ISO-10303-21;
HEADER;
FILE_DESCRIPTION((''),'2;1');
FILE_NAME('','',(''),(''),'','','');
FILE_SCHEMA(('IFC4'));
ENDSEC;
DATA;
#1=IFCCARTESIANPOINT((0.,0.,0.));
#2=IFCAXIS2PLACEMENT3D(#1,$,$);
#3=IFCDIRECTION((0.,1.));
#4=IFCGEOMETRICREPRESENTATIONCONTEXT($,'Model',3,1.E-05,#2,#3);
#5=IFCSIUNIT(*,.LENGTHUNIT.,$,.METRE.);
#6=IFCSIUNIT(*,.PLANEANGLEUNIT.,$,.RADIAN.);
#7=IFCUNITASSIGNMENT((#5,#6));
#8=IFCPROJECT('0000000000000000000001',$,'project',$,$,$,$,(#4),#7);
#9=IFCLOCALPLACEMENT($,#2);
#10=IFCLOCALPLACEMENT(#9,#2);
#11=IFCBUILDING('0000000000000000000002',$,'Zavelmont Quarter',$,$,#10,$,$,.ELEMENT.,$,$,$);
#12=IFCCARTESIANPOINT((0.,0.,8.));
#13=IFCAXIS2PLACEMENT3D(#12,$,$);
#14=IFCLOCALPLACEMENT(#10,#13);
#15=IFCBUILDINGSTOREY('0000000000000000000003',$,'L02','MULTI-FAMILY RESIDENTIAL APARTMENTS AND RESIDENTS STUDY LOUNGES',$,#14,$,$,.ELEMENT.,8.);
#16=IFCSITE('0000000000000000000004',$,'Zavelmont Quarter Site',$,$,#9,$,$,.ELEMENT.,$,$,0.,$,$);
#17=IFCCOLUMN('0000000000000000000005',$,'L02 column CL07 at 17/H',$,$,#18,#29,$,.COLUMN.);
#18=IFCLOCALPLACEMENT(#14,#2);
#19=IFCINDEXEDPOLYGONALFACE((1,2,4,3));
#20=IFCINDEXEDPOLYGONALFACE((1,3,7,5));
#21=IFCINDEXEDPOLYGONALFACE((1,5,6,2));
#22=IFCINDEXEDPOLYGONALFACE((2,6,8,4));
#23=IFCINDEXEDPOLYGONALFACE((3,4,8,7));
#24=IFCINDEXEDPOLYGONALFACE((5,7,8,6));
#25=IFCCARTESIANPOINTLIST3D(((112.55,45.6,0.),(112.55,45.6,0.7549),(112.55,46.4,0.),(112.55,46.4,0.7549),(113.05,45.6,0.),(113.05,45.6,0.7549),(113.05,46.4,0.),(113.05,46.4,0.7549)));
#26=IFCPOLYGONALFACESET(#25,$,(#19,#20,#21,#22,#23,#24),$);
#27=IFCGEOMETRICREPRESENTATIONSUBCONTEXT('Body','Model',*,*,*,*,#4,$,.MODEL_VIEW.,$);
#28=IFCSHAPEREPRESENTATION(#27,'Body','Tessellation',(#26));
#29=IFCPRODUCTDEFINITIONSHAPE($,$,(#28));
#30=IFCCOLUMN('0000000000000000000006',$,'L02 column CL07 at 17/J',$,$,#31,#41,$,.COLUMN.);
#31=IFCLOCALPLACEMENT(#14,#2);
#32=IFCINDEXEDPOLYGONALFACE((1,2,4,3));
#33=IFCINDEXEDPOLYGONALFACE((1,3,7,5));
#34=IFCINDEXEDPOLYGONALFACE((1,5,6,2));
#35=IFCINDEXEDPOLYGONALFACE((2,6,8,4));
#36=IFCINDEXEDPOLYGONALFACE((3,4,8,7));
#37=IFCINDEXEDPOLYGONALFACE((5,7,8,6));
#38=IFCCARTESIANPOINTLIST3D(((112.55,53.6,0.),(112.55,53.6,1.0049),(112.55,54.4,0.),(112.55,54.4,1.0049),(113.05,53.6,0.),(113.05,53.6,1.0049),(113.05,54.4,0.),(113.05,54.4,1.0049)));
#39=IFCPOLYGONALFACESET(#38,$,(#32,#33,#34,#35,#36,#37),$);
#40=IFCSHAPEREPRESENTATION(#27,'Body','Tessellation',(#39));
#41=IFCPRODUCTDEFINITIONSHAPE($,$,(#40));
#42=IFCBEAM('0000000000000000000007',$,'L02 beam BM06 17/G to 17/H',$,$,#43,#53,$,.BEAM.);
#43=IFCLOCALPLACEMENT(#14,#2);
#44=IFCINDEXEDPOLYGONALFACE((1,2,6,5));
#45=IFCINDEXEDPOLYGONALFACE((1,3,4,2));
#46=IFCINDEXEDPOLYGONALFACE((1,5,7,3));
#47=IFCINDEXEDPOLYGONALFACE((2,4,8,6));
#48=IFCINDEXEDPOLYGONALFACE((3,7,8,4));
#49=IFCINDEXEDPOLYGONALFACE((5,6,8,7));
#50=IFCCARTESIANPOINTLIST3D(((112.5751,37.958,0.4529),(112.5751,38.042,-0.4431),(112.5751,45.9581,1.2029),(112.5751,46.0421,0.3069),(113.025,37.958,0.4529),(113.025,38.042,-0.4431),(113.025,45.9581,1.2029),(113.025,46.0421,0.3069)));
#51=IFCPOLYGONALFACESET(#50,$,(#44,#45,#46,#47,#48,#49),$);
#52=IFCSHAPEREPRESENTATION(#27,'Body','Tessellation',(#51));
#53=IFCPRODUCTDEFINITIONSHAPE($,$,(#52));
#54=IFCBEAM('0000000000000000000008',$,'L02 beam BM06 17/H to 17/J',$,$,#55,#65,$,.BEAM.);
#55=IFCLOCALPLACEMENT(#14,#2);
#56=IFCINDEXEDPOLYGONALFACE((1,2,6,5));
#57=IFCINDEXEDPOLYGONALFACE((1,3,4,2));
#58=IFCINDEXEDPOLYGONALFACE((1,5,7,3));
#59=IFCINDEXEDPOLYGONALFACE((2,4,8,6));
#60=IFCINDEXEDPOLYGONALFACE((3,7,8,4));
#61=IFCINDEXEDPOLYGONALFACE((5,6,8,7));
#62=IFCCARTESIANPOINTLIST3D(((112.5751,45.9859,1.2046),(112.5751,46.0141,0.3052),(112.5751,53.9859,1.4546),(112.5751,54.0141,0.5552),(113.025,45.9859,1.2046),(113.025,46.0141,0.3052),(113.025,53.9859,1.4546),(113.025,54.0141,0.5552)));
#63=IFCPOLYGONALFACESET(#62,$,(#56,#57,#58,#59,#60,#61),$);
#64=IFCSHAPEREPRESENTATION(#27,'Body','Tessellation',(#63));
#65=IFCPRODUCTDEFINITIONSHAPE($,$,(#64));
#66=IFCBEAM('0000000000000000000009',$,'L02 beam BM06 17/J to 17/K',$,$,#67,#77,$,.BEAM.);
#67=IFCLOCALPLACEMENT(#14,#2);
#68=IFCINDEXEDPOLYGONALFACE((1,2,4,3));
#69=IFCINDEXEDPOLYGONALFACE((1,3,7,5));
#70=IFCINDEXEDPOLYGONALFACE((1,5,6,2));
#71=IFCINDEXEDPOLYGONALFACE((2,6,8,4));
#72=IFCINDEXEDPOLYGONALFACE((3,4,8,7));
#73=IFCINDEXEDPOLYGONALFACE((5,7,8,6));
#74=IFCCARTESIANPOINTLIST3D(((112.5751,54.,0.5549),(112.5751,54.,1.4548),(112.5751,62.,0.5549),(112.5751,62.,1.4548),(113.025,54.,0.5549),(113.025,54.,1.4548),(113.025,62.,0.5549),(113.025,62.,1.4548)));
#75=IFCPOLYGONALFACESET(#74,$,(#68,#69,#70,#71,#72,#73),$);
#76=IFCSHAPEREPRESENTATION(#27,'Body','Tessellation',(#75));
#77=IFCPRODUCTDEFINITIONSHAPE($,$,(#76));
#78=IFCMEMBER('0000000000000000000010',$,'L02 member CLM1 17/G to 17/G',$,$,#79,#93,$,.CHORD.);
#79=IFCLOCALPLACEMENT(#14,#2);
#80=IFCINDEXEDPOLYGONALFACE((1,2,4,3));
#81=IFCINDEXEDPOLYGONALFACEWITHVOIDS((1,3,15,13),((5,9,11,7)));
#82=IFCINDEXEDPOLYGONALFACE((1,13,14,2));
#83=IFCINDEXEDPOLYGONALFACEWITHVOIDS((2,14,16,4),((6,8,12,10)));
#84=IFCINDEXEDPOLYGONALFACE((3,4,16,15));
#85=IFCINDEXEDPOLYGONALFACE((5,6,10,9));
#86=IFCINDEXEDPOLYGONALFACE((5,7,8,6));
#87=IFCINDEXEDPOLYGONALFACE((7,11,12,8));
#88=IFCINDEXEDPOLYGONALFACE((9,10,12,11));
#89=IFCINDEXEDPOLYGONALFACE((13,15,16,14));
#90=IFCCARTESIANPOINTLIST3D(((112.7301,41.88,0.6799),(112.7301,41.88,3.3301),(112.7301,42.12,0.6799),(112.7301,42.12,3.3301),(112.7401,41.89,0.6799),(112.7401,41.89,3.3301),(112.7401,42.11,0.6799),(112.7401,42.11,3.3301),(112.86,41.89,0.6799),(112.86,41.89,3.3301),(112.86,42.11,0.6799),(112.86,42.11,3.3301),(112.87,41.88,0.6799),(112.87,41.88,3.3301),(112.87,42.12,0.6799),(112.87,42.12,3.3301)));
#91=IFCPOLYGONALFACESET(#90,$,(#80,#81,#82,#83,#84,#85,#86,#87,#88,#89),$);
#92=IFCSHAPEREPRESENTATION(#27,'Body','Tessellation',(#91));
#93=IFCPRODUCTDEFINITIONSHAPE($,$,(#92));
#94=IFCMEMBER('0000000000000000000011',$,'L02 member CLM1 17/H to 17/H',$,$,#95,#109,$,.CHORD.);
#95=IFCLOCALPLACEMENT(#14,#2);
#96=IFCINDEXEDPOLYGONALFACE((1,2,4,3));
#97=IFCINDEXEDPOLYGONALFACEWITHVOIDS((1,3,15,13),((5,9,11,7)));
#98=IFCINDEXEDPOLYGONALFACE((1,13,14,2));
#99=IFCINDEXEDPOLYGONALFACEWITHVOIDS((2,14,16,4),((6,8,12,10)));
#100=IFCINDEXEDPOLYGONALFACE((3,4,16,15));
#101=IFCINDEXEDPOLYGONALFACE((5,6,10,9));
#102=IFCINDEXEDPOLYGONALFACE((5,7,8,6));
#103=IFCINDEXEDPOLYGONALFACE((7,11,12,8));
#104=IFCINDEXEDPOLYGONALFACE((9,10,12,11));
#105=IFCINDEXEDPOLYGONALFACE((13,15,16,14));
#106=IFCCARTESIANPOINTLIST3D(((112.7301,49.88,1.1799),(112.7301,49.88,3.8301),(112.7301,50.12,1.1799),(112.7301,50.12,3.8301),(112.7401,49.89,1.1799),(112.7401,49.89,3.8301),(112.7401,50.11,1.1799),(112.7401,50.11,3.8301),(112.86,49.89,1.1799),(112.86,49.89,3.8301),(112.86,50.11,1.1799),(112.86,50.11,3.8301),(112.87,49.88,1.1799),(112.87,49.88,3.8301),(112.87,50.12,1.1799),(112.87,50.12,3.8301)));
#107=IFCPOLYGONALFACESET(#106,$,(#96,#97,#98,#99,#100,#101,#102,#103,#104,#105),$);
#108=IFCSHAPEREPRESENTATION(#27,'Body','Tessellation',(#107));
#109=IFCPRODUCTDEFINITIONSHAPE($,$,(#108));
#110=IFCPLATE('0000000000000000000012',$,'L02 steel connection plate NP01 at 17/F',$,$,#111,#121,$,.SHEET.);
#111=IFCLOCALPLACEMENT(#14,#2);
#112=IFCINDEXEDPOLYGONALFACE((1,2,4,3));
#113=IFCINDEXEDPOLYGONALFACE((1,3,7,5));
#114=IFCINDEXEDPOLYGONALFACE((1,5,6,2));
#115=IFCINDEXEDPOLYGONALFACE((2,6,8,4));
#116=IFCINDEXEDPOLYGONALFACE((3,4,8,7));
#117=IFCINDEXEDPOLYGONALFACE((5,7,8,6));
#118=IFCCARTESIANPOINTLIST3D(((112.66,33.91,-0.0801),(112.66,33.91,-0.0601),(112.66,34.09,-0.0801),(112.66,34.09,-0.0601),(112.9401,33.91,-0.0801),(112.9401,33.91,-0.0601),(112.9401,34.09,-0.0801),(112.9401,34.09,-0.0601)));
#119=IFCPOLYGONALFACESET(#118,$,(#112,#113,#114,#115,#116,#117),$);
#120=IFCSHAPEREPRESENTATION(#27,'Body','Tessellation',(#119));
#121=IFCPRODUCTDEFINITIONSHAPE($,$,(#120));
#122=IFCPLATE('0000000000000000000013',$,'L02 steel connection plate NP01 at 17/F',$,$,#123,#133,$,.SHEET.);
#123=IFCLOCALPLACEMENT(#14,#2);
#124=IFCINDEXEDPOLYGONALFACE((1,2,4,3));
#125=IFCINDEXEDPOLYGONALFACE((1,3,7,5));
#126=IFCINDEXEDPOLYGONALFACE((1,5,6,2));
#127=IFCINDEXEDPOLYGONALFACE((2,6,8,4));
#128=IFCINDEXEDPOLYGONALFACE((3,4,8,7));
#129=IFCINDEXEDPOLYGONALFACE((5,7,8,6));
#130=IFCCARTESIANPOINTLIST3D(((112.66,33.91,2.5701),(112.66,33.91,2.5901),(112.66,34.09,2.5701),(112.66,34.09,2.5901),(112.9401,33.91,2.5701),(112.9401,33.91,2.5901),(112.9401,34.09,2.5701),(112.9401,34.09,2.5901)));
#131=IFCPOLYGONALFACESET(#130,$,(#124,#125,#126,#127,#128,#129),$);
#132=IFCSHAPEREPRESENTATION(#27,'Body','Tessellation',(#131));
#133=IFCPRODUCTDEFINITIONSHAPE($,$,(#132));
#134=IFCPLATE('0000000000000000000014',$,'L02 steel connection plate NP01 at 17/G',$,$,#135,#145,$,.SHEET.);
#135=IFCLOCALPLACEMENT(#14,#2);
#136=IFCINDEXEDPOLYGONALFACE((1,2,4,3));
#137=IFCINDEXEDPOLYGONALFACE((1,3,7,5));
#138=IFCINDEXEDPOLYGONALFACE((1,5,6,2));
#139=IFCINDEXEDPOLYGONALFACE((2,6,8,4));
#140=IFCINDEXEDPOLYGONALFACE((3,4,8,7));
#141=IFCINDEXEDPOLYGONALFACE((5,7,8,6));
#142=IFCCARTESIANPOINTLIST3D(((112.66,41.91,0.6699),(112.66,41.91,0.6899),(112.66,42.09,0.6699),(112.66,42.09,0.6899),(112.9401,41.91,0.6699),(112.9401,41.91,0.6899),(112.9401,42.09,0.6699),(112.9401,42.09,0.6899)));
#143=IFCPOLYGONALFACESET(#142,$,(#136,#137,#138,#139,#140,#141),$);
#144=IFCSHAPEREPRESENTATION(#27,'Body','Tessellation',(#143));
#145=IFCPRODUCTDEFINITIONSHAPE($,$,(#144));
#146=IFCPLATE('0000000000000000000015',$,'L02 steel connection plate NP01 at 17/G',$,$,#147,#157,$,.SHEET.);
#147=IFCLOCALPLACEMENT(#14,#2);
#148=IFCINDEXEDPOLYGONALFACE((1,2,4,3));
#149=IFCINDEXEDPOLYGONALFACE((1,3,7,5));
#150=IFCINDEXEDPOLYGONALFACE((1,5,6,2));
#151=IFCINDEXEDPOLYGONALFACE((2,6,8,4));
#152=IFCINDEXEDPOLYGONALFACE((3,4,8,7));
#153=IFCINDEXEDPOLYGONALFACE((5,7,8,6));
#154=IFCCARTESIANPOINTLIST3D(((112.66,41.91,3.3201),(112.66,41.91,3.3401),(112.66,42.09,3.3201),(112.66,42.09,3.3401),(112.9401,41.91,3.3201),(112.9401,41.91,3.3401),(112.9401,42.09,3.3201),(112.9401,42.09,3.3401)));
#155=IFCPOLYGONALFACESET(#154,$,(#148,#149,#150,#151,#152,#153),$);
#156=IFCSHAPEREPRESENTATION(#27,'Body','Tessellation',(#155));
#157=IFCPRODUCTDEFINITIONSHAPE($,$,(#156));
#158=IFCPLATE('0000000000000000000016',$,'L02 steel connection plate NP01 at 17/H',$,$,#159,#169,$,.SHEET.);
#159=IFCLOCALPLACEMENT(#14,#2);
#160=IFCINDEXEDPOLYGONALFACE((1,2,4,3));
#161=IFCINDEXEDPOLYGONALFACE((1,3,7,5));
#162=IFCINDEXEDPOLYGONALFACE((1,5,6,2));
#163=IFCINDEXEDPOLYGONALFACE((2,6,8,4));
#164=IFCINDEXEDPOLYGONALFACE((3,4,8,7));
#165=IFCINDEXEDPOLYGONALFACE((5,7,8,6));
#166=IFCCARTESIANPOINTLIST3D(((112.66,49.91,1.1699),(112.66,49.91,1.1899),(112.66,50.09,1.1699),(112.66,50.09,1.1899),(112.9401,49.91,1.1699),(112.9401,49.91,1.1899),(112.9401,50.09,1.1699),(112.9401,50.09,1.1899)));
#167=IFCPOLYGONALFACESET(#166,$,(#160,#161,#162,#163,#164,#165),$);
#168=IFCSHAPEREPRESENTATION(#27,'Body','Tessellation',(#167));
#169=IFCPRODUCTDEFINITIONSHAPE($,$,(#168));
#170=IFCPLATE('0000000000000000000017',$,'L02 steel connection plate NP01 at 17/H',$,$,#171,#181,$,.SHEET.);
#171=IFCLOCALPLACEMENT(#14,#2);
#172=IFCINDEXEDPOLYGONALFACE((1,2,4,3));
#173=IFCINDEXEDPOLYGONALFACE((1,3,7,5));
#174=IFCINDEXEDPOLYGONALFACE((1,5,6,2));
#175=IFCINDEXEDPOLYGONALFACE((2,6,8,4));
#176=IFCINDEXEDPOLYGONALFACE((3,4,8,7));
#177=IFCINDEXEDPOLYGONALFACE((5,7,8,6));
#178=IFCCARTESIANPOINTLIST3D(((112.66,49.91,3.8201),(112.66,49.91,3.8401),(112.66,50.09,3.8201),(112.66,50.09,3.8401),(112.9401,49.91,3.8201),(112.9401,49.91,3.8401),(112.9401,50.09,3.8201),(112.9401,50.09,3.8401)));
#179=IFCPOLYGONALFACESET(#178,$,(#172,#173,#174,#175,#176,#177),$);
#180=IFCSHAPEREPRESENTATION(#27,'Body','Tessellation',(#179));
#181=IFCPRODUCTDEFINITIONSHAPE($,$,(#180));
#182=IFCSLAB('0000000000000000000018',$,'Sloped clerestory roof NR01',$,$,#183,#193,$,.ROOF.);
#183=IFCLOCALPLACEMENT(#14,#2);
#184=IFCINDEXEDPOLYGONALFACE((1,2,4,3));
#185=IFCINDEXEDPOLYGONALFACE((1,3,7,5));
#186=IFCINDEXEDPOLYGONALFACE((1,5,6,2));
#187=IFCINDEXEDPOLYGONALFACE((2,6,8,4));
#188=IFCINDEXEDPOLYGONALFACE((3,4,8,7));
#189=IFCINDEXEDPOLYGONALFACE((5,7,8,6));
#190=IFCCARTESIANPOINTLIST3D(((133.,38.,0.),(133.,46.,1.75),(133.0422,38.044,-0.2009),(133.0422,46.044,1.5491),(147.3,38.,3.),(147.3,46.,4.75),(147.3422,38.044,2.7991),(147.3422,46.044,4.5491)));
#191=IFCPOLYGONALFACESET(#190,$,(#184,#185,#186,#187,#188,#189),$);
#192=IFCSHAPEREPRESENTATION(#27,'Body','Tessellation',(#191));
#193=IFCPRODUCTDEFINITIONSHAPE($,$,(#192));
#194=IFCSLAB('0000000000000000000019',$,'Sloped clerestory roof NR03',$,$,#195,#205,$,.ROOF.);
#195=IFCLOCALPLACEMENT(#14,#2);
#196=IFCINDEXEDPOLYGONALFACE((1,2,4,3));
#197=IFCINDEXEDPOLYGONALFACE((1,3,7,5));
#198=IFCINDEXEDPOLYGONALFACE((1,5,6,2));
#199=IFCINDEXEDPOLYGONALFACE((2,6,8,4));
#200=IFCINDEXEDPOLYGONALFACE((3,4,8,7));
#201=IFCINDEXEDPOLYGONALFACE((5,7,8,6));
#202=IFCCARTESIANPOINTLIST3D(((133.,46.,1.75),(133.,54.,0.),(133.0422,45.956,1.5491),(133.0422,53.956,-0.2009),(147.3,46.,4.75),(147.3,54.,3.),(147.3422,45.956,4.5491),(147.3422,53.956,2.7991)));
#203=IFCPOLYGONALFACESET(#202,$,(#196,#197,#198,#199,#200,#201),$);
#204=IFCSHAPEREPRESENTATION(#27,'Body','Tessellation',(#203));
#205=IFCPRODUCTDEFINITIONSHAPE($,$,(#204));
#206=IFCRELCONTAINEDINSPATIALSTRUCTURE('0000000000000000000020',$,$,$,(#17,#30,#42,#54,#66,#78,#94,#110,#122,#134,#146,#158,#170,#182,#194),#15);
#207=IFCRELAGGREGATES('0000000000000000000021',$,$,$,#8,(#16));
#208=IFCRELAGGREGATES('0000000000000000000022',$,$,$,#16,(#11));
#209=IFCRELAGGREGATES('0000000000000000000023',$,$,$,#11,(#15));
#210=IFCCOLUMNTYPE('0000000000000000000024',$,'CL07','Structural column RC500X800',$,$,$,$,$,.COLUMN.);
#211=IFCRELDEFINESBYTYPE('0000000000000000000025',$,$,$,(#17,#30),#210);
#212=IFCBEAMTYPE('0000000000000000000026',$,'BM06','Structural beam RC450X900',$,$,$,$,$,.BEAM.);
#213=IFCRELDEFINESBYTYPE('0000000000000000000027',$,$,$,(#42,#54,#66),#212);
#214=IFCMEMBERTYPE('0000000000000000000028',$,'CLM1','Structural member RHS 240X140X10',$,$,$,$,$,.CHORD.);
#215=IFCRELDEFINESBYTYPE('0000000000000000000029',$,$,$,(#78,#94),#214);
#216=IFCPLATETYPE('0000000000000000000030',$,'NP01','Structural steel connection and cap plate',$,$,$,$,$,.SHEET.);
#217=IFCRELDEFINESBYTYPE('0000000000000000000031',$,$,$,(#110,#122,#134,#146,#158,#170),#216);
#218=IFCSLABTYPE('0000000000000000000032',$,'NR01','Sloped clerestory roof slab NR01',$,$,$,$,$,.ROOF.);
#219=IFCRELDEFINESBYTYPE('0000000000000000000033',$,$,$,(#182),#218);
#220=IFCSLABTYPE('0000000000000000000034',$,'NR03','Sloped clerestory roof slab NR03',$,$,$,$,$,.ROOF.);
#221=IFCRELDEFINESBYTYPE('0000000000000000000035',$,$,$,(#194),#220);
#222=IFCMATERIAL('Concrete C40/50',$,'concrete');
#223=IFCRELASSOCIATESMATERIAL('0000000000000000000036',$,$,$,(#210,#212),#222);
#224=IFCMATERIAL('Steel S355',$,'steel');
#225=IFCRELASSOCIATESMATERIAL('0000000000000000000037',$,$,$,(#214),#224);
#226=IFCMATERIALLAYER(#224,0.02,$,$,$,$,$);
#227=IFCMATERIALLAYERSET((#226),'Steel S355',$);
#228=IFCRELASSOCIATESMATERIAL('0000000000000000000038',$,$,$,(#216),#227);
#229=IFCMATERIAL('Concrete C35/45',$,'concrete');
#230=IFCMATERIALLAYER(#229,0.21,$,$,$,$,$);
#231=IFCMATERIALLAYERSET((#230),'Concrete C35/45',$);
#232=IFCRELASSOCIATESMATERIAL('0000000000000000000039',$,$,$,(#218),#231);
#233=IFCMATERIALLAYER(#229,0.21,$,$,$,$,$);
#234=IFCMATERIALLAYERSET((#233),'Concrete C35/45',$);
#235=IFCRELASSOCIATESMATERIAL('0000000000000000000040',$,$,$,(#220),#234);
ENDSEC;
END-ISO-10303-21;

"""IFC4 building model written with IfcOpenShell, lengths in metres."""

from ifc_helpers import new_model, si_unit, direction, frame, origin, origin_2d, place, context, subcontext, project, spatial, polyline, rectangle, hollow_rectangle, outline, extrude, material, layer, layer_set, material_profile, profile_set, type_object, element, save


model = new_model("IFC4")

# Units and contexts
model_context = context("Model", 3, precision=1e-05, world=origin(), true_north=direction((0.0, 1.0)))
body_context = subcontext(model_context, "Body", "Model", "MODEL_VIEW")
ifc_project = project(units=[si_unit("LENGTHUNIT", "METRE"), si_unit("PLANEANGLEUNIT", "RADIAN")], contexts=[model_context])

# Site, building, storey
site_placement = place(None, origin())
site = spatial("IfcSite", under=ifc_project, at=site_placement, Name="Zavelmont Quarter Site", CompositionType="ELEMENT", RefElevation=0.0)
building_placement = place(site_placement, origin())
building = spatial("IfcBuilding", under=site, at=building_placement, Name="Zavelmont Quarter", CompositionType="ELEMENT")
storey_placement = place(building_placement, frame((0.0, 0.0, 8.0)))
storey = spatial("IfcBuildingStorey", under=building, at=storey_placement, Name="L02", Description="MULTI-FAMILY RESIDENTIAL APARTMENTS AND RESIDENTS STUDY LOUNGES", CompositionType="ELEMENT", Elevation=8.0)

# Columns
ifc_material_1 = material(Name="Concrete C40/50", Category="concrete")
ifc_material_profile_1 = material_profile(ifc_material_1, rectangle(XDim=0.5, YDim=0.8, at=origin_2d()), Name="RC500X800")
ifc_profile_set_1 = profile_set([ifc_material_profile_1], Name="Concrete C40/50")
column_type = type_object("IfcColumnType", Name="CL07", Description="Structural column RC500X800", PredefinedType="COLUMN", material=ifc_profile_set_1)
column_1_placement = place(storey_placement, frame((112.8, 46.0, 0.0), z_axis=(0.0, 0.0, 1.0), x_axis=(1.0, 0.0, 0.0)))
element("IfcColumn", 1, at=column_1_placement, inside=storey, type_object=column_type, Name="L02 column CL07 at 17/H", PredefinedType="COLUMN", context=body_context, shape_type="SweptSolid", body=[
    extrude(rectangle(XDim=0.5, YDim=0.8, at=origin_2d()), origin(), (0.0, 0.0, 1.0), 0.7549),
])
column_2_placement = place(storey_placement, frame((112.8, 54.0, 0.0), z_axis=(0.0, 0.0, 1.0), x_axis=(1.0, 0.0, 0.0)))
element("IfcColumn", 2, at=column_2_placement, inside=storey, type_object=column_type, Name="L02 column CL07 at 17/J", PredefinedType="COLUMN", context=body_context, shape_type="SweptSolid", body=[
    extrude(rectangle(XDim=0.5, YDim=0.8, at=origin_2d()), origin(), (0.0, 0.0, 1.0), 1.0049),
])

# Beams
ifc_material_profile_2 = material_profile(ifc_material_1, rectangle(XDim=0.45, YDim=0.8999, at=origin_2d()), Name="RC450X900")
ifc_profile_set_2 = profile_set([ifc_material_profile_2], Name="Concrete C40/50")
beam_type = type_object("IfcBeamType", Name="BM06", Description="Structural beam RC450X900", PredefinedType="BEAM", material=ifc_profile_set_2)
beam_1_placement = place(storey_placement, frame((112.8, 38.0, 0.0049), z_axis=(0.0, 0.995634, 0.093341), x_axis=(-1.0, 0.0, 0.0)))
element("IfcBeam", 3, at=beam_1_placement, inside=storey, type_object=beam_type, Name="L02 beam BM06 17/G to 17/H", PredefinedType="BEAM", context=body_context, shape_type="SweptSolid", body=[
    extrude(rectangle(XDim=0.45, YDim=0.8999, at=origin_2d()), origin(), (0.0, 0.0, 1.0), 8.0352),
])
beam_2_placement = place(storey_placement, frame((112.8, 46.0, 0.7549), z_axis=(0.0, 0.999512, 0.031235), x_axis=(-1.0, 0.0, 0.0)))
element("IfcBeam", 4, at=beam_2_placement, inside=storey, type_object=beam_type, Name="L02 beam BM06 17/H to 17/J", PredefinedType="BEAM", context=body_context, shape_type="SweptSolid", body=[
    extrude(rectangle(XDim=0.45, YDim=0.8999, at=origin_2d()), origin(), (0.0, 0.0, 1.0), 8.0039),
])
beam_3_placement = place(storey_placement, frame((112.8, 54.0, 1.0049), z_axis=(0.0, 1.0, 0.0), x_axis=(-1.0, 0.0, 0.0)))
element("IfcBeam", 5, at=beam_3_placement, inside=storey, type_object=beam_type, Name="L02 beam BM06 17/J to 17/K", PredefinedType="BEAM", context=body_context, shape_type="SweptSolid", body=[
    extrude(rectangle(XDim=0.45, YDim=0.8999, at=origin_2d()), origin(), (0.0, 0.0, 1.0), 8.0),
])

# Members
ifc_material_2 = material(Name="Steel S355", Category="steel")
ifc_material_profile_3 = material_profile(ifc_material_2, hollow_rectangle(XDim=0.1399, YDim=0.24, WallThickness=0.01, at=origin_2d()), Name="RHS 240X140X10")
ifc_profile_set_3 = profile_set([ifc_material_profile_3], Name="Steel S355")
member_type = type_object("IfcMemberType", Name="CLM1", Description="Structural member RHS 240X140X10", PredefinedType="CHORD", material=ifc_profile_set_3)
for number, where, z_axis, x_axis, name in (
    (6, (112.8, 42.0, 0.6799), (0.0, 0.0, 1.0), (1.0, 0.0, 0.0), "L02 member CLM1 17/G to 17/G"),
    (7, (112.8, 50.0, 1.1799), (0.0, 0.0, 1.0), (1.0, 0.0, 0.0), "L02 member CLM1 17/H to 17/H"),
):
    element("IfcMember", number, at=place(storey_placement, frame(where, z_axis=z_axis, x_axis=x_axis)), inside=storey, type_object=member_type, Name=name, PredefinedType="CHORD", context=body_context, shape_type="SweptSolid", body=[
        extrude(hollow_rectangle(XDim=0.1399, YDim=0.24, WallThickness=0.01, at=origin_2d()), origin(), (0.0, 0.0, 1.0), 2.6501),
    ])

# Plates
ifc_layer_1 = layer(ifc_material_2, 0.02)
ifc_layer_set_1 = layer_set([ifc_layer_1], Name="Steel S355")
plate_type = type_object("IfcPlateType", Name="NP01", Description="Structural steel connection and cap plate", PredefinedType="SHEET", material=ifc_layer_set_1)
for number, where, z_axis, x_axis, name in (
    (8, (112.8, 34.0, -0.0801), (0.0, 0.0, 1.0), (1.0, 0.0, 0.0), "L02 steel connection plate NP01 at 17/F"),
    (9, (112.8, 34.0, 2.5701), (0.0, 0.0, 1.0), (1.0, 0.0, 0.0), "L02 steel connection plate NP01 at 17/F"),
    (10, (112.8, 42.0, 0.6699), (0.0, 0.0, 1.0), (1.0, 0.0, 0.0), "L02 steel connection plate NP01 at 17/G"),
    (11, (112.8, 42.0, 3.3201), (0.0, 0.0, 1.0), (1.0, 0.0, 0.0), "L02 steel connection plate NP01 at 17/G"),
    (12, (112.8, 50.0, 1.1699), (0.0, 0.0, 1.0), (1.0, 0.0, 0.0), "L02 steel connection plate NP01 at 17/H"),
    (13, (112.8, 50.0, 3.8201), (0.0, 0.0, 1.0), (1.0, 0.0, 0.0), "L02 steel connection plate NP01 at 17/H"),
):
    element("IfcPlate", number, at=place(storey_placement, frame(where, z_axis=z_axis, x_axis=x_axis)), inside=storey, type_object=plate_type, Name=name, PredefinedType="SHEET", context=body_context, shape_type="SweptSolid", body=[
        extrude(rectangle(XDim=0.28, YDim=0.1799, at=origin_2d()), origin(), (0.0, 0.0, 1.0), 0.02),
    ])

# Slabs
ifc_material_3 = material(Name="Concrete C35/45", Category="concrete")
ifc_layer_2 = layer(ifc_material_3, 0.21)
ifc_layer_set_2 = layer_set([ifc_layer_2], Name="Concrete C35/45")
slab_type_1 = type_object("IfcSlabType", Name="NR01", Description="Sloped clerestory roof slab NR01", PredefinedType="ROOF", material=ifc_layer_set_2)
slab_1_placement = place(storey_placement, frame((133.0, 38.0, 0.0), z_axis=(-0.20077, -0.209346, 0.957009), x_axis=(0.978695, 0.0, 0.20532)))
element("IfcSlab", 14, at=slab_1_placement, inside=storey, type_object=slab_type_1, Name="Sloped clerestory roof NR01", PredefinedType="ROOF", context=body_context, shape_type="SweptSolid", body=[
    extrude(outline(polyline([(0.0, 0.0), (14.6113, 0.0), (14.9707, 8.1813), (0.3593, 8.1813), (0.0, 0.0)])), origin(), (0.0, 0.0, -1.0), 0.21),
])
ifc_layer_3 = layer(ifc_material_3, 0.21)
ifc_layer_set_3 = layer_set([ifc_layer_3], Name="Concrete C35/45")
slab_type_2 = type_object("IfcSlabType", Name="NR03", Description="Sloped clerestory roof slab NR03", PredefinedType="ROOF", material=ifc_layer_set_3)
slab_2_placement = place(storey_placement, frame((133.0, 46.0, 1.75), z_axis=(-0.20077, 0.209346, 0.957009), x_axis=(0.978695, 0.0, 0.20532)))
element("IfcSlab", 15, at=slab_2_placement, inside=storey, type_object=slab_type_2, Name="Sloped clerestory roof NR03", PredefinedType="ROOF", context=body_context, shape_type="SweptSolid", body=[
    extrude(outline(polyline([(0.0, 0.0), (14.6113, 0.0), (14.252, 8.1813), (-0.3593, 8.1813), (0.0, 0.0)])), origin(), (0.0, 0.0, -1.0), 0.21),
])

save(model, "model.ifc")
